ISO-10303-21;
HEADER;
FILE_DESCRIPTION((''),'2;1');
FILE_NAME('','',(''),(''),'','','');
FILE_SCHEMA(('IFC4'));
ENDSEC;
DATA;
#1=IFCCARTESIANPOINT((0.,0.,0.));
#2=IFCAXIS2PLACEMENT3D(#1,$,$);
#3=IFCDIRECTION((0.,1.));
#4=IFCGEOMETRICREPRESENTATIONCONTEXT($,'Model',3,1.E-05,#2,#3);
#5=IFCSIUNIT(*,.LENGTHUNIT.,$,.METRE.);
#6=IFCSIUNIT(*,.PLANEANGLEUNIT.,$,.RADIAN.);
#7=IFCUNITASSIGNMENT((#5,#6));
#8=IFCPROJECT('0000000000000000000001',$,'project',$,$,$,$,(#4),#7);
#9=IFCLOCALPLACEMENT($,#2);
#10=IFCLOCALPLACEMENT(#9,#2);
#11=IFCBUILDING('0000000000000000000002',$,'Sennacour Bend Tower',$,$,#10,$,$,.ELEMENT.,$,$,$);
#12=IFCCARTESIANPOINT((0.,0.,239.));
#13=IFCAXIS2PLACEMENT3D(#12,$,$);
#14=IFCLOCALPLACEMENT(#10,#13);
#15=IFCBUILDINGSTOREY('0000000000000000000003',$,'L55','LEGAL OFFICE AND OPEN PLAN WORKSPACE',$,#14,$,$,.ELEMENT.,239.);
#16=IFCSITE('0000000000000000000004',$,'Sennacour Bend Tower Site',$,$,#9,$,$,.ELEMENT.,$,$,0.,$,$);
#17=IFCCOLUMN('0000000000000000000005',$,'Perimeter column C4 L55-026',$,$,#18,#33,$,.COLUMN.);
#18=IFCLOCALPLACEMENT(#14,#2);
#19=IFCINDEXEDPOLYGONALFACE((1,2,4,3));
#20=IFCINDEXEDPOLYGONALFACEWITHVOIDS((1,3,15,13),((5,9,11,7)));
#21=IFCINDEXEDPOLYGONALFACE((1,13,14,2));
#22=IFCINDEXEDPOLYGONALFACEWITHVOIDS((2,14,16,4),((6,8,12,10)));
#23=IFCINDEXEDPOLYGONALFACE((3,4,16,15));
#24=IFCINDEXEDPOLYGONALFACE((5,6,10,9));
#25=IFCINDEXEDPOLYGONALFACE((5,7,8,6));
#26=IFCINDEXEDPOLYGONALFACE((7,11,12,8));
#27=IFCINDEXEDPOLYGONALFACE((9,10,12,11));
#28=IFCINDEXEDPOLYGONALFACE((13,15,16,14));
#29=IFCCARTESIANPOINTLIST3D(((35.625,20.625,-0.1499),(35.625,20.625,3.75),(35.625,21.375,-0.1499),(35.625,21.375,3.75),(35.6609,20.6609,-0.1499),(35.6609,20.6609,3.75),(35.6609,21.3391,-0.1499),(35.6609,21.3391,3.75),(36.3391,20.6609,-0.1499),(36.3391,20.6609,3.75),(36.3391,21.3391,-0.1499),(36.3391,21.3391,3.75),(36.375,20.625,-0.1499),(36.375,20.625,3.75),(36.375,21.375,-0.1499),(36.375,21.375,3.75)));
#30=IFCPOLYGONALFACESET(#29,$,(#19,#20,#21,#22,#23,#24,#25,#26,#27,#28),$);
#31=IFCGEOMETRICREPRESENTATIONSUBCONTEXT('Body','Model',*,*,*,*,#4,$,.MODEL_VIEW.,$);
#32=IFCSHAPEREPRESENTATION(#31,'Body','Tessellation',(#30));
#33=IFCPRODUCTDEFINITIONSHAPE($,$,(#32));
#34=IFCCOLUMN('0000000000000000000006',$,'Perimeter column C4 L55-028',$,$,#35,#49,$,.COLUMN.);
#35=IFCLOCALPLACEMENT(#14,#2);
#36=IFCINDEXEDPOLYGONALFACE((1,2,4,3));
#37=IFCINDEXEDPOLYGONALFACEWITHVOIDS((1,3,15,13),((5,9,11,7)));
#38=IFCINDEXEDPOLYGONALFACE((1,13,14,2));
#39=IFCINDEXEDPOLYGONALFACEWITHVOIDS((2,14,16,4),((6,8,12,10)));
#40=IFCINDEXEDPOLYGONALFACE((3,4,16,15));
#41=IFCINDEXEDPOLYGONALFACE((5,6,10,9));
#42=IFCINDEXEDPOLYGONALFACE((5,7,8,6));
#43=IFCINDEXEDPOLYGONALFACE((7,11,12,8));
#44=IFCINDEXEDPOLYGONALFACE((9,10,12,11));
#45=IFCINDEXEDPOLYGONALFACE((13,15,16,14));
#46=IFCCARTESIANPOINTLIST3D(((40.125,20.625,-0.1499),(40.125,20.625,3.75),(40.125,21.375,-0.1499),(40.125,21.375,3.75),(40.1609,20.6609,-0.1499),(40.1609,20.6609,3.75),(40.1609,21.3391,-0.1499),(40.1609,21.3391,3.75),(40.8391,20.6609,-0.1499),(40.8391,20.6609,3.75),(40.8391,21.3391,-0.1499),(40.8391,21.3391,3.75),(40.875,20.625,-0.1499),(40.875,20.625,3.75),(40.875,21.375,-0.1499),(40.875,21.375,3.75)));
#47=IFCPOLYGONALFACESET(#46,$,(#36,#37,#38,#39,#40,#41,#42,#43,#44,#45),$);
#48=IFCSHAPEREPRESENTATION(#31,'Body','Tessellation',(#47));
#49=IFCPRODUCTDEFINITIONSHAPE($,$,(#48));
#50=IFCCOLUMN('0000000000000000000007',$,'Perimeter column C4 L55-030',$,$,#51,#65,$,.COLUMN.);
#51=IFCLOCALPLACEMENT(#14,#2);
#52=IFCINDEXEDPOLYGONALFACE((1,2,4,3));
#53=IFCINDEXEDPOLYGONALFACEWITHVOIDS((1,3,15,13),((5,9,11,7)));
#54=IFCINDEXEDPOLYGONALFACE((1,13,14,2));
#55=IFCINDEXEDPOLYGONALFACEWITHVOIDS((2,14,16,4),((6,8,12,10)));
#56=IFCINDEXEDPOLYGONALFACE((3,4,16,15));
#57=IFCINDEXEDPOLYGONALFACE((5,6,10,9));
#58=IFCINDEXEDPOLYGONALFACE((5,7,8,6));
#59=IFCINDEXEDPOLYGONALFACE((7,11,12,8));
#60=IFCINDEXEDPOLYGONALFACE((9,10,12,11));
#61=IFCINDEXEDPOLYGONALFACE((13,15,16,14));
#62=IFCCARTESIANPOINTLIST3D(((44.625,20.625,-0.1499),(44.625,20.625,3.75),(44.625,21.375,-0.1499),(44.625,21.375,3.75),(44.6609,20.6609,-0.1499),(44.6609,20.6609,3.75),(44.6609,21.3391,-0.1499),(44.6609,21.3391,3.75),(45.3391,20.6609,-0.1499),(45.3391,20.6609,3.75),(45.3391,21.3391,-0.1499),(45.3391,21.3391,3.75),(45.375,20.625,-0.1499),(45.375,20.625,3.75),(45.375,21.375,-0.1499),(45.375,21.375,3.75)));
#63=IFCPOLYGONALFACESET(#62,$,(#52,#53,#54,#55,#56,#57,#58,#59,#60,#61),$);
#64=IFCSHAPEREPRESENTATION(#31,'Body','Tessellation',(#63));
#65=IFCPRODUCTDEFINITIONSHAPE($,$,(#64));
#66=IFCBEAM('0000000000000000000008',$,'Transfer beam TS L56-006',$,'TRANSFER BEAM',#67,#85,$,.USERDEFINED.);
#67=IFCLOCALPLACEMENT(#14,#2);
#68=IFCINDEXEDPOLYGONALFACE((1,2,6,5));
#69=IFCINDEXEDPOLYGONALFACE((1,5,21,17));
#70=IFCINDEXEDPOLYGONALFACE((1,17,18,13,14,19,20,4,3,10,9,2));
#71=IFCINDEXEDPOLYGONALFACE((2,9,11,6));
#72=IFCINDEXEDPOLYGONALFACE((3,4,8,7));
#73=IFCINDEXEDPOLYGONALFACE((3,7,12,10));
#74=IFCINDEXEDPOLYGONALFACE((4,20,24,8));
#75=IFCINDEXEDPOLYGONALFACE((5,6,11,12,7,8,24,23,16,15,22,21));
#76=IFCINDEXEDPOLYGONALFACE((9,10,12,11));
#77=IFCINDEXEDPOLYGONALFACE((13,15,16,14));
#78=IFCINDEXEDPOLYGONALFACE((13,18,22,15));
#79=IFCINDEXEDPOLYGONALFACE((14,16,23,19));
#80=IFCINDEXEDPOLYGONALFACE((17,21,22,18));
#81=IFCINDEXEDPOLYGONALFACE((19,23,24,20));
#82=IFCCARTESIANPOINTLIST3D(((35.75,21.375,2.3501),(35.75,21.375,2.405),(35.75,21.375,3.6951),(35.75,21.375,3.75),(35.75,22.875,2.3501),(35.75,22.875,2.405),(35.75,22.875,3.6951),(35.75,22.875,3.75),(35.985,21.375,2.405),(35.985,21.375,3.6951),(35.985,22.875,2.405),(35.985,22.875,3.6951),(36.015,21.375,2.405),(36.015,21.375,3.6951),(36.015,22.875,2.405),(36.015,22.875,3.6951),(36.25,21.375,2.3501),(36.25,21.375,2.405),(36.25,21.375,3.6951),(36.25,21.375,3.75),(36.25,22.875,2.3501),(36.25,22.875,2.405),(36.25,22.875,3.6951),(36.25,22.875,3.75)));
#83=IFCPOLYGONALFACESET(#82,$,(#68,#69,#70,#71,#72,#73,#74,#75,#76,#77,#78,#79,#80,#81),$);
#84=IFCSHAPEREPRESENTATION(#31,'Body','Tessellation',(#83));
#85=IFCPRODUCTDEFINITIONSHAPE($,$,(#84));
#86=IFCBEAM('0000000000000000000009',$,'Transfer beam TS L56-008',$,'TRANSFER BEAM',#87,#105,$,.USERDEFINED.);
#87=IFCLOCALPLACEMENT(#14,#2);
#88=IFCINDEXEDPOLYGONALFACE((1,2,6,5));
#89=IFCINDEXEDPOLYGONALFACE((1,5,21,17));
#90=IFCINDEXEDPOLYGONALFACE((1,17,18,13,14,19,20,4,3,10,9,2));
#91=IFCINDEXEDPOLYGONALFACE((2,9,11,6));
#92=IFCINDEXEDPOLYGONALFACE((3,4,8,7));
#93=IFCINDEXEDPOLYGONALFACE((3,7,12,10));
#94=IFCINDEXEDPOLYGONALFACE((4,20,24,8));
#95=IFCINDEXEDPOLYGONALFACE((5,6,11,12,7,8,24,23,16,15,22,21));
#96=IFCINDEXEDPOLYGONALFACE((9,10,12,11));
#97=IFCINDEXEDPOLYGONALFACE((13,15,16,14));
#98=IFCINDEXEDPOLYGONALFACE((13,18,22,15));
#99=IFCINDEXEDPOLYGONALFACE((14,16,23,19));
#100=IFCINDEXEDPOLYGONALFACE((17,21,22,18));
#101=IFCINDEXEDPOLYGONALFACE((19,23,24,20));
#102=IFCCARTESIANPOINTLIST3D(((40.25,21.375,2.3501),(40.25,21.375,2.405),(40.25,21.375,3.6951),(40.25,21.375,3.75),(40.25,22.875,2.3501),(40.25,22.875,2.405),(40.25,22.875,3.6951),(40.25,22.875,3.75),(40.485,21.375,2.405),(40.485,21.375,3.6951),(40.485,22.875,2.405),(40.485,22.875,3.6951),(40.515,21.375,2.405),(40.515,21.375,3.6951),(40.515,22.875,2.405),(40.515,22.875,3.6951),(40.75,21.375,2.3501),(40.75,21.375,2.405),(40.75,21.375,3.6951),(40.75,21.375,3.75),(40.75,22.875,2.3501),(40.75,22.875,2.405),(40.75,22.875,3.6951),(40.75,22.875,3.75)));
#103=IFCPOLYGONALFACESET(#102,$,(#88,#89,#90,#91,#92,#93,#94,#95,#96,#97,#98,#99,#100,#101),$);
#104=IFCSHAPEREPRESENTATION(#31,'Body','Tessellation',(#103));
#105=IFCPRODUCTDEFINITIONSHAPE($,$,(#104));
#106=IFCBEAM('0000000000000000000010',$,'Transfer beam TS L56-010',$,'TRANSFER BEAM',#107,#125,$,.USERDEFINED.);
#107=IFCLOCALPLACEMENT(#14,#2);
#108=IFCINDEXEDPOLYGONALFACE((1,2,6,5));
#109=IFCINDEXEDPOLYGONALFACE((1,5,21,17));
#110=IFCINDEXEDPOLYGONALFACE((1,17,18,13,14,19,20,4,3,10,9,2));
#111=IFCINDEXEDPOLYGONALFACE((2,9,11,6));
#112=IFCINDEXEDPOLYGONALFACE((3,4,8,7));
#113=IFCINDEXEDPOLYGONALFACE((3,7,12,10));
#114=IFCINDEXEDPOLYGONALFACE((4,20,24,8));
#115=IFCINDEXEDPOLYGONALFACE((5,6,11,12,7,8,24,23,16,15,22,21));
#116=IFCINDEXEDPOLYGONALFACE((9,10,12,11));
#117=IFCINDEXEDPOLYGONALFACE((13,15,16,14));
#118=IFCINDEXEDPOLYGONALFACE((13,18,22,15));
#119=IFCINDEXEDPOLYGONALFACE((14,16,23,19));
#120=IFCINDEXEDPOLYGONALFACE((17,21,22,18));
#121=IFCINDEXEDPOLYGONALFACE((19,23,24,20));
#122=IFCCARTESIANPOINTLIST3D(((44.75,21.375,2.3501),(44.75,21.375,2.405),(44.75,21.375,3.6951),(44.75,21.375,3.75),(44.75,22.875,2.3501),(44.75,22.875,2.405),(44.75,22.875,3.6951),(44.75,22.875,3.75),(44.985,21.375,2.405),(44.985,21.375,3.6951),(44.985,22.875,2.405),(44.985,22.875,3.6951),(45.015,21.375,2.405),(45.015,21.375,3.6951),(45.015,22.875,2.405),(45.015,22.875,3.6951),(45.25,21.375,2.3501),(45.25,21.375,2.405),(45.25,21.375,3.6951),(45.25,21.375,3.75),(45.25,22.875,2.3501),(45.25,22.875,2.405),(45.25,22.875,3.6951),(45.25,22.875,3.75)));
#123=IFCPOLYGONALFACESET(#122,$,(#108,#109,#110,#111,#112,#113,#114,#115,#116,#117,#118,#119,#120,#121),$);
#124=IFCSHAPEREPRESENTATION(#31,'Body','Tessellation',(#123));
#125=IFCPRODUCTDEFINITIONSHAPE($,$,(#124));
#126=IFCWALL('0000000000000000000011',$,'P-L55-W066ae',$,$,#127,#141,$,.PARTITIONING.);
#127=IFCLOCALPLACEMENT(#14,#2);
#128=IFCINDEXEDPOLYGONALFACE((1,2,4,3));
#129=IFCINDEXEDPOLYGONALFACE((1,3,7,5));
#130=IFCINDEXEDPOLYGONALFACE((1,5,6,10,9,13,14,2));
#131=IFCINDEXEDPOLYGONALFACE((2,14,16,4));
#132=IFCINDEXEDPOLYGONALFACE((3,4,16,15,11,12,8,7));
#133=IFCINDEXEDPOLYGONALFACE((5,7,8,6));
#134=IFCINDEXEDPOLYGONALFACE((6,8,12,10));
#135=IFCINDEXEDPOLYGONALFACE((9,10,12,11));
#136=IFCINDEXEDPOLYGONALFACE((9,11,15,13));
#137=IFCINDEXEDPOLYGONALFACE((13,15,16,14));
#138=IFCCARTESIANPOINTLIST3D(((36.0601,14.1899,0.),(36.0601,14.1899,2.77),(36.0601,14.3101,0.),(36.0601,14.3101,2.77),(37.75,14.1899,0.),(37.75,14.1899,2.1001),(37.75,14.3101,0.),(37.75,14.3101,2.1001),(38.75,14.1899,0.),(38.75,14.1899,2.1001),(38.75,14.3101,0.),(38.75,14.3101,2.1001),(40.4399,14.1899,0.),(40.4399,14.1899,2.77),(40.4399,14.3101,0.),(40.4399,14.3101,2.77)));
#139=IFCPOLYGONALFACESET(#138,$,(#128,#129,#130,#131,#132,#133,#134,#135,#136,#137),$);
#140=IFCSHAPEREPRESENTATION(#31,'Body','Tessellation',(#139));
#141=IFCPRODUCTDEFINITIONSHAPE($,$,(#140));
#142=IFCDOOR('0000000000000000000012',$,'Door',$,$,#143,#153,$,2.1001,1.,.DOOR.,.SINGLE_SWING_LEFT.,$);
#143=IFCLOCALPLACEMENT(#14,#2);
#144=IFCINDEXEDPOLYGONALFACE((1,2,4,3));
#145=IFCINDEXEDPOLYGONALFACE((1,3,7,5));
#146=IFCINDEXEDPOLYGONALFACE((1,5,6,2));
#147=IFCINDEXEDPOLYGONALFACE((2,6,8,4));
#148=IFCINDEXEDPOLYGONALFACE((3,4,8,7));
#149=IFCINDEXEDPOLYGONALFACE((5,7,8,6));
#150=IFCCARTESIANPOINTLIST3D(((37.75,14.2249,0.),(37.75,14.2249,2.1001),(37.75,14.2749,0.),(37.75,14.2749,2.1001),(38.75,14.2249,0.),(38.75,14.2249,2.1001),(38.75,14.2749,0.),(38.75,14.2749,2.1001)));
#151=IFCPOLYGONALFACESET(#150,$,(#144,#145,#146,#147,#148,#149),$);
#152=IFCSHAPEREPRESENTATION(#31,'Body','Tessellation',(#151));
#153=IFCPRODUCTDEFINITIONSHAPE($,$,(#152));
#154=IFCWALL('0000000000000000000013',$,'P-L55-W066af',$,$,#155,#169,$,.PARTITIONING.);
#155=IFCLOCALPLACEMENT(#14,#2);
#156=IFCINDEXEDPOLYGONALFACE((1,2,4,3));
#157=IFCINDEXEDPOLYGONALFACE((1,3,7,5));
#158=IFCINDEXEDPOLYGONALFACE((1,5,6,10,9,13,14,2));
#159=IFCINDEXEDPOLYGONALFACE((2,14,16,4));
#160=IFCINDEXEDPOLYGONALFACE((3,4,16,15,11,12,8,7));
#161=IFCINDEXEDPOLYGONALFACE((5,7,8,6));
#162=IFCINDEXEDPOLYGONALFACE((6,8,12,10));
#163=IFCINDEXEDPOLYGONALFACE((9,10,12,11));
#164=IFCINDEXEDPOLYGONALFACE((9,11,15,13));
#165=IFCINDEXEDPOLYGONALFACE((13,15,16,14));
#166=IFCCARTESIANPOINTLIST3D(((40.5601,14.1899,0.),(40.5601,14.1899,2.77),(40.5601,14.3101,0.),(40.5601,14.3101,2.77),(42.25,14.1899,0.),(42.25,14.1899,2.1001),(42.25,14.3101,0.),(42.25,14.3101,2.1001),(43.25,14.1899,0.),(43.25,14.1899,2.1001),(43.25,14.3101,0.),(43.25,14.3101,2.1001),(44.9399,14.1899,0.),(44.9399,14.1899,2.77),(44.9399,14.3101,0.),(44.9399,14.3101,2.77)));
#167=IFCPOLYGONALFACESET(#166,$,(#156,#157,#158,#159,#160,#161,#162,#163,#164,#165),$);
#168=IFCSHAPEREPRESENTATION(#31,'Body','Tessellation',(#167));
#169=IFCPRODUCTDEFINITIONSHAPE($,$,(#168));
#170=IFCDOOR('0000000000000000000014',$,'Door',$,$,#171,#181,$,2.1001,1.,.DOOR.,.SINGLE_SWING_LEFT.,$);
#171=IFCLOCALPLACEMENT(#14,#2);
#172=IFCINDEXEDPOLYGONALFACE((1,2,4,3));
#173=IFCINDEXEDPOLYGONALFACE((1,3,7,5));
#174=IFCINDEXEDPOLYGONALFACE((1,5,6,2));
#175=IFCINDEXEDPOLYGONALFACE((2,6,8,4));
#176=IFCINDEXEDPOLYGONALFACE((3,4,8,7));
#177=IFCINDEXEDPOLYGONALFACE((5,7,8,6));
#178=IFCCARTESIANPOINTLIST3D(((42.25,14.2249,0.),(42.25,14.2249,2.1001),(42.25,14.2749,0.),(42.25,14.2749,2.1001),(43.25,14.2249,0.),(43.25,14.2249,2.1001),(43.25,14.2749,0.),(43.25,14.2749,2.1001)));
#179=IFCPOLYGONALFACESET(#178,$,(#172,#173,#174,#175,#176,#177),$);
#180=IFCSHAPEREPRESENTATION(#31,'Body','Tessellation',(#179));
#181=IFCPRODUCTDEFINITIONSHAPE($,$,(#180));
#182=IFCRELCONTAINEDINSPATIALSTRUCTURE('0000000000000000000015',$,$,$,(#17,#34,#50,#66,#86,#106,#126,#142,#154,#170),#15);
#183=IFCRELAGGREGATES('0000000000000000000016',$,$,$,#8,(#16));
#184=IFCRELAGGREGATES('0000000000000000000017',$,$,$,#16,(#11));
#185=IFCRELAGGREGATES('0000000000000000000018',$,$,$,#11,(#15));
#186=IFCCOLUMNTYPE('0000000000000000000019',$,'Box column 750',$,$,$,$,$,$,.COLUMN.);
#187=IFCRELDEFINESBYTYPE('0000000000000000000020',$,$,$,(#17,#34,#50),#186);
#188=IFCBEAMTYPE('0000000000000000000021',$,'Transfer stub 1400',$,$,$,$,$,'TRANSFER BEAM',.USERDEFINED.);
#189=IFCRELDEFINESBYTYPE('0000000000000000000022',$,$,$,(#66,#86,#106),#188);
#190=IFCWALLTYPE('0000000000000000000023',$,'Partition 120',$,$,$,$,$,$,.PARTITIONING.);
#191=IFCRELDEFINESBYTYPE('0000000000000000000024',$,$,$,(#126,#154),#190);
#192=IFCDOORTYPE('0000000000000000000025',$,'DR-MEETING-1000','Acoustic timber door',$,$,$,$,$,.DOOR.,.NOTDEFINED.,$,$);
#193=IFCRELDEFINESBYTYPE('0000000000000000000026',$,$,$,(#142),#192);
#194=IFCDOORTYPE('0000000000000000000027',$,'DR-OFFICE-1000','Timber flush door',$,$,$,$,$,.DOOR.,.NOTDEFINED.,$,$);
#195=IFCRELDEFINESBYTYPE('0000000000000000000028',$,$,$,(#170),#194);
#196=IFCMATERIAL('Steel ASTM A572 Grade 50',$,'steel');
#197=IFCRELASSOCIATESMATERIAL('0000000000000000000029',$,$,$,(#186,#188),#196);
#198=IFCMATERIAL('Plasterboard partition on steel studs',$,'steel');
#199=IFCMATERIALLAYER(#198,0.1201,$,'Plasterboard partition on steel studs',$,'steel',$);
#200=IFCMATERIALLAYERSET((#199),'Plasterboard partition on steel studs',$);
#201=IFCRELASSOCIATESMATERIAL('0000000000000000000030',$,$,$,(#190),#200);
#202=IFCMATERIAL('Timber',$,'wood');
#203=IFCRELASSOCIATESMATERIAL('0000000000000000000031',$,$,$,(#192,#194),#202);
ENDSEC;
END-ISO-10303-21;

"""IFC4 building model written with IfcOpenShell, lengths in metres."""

from ifc_helpers import new_model, si_unit, direction, frame, frame_2d, origin, origin_2d, place, context, subcontext, project, spatial, rectangle, hollow_rectangle, i_section, extrude, material, layer, layer_set, material_profile, profile_set, type_object, element, fill, save


model = new_model("IFC4")

# Units and contexts
model_context = context("Model", 3, precision=1e-05, world=origin(), true_north=direction((0.0, 1.0)))
body_context = subcontext(model_context, "Body", "Model", "MODEL_VIEW")
ifc_project = project(units=[si_unit("LENGTHUNIT", "METRE"), si_unit("PLANEANGLEUNIT", "RADIAN")], contexts=[model_context])

# Site, building, storey
site_placement = place(None, origin())
site = spatial("IfcSite", under=ifc_project, at=site_placement, Name="Sennacour Bend Tower Site", CompositionType="ELEMENT", RefElevation=0.0)
building_placement = place(site_placement, origin())
building = spatial("IfcBuilding", under=site, at=building_placement, Name="Sennacour Bend Tower", CompositionType="ELEMENT")
storey_placement = place(building_placement, frame((0.0, 0.0, 239.0)))
storey = spatial("IfcBuildingStorey", under=building, at=storey_placement, Name="L55", Description="LEGAL OFFICE AND OPEN PLAN WORKSPACE", CompositionType="ELEMENT", Elevation=239.0)

# Columns
ifc_material_1 = material(Name="Steel ASTM A572 Grade 50", Category="steel")
ifc_material_profile_1 = material_profile(ifc_material_1, hollow_rectangle(XDim=0.75, YDim=0.75, WallThickness=0.0359, at=origin_2d()), Name="Steel ASTM A572 Grade 50", Category="steel")
ifc_profile_set_1 = profile_set([ifc_material_profile_1], Name="Steel ASTM A572 Grade 50")
column_type = type_object("IfcColumnType", Name="Box column 750", PredefinedType="COLUMN", material=ifc_profile_set_1)
for number, where, z_axis, x_axis, name in (
    (1, (36.0, 21.0, -0.1499), (0.0, 0.0, 1.0), (1.0, 0.0, 0.0), "Perimeter column C4 L55-026"),
    (2, (40.5, 21.0, -0.1499), (0.0, 0.0, 1.0), (1.0, 0.0, 0.0), "Perimeter column C4 L55-028"),
    (3, (45.0, 21.0, -0.1499), (0.0, 0.0, 1.0), (1.0, 0.0, 0.0), "Perimeter column C4 L55-030"),
):
    element("IfcColumn", number, at=place(storey_placement, frame(where, z_axis=z_axis, x_axis=x_axis)), inside=storey, type_object=column_type, Name=name, PredefinedType="COLUMN", context=body_context, shape_type="SweptSolid", body=[
        extrude(hollow_rectangle(XDim=0.75, YDim=0.75, WallThickness=0.0359, at=origin_2d()), origin(), (0.0, 0.0, 1.0), 3.8999),
    ])

# Beams
ifc_material_profile_2 = material_profile(ifc_material_1, i_section(OverallWidth=0.5, OverallDepth=1.3999, WebThickness=0.03, FlangeThickness=0.0549, at=origin_2d()), Name="Steel ASTM A572 Grade 50", Category="steel")
ifc_profile_set_2 = profile_set([ifc_material_profile_2], Name="Steel ASTM A572 Grade 50")
beam_type = type_object("IfcBeamType", Name="Transfer stub 1400", ElementType="TRANSFER BEAM", PredefinedType="USERDEFINED", material=ifc_profile_set_2)
for number, where, z_axis, x_axis, name in (
    (4, (36.0, 21.375, 3.05), (0.0, 1.0, 0.0), (-1.0, 0.0, 0.0), "Transfer beam TS L56-006"),
    (5, (40.5, 21.375, 3.05), (0.0, 1.0, 0.0), (-1.0, 0.0, 0.0), "Transfer beam TS L56-008"),
    (6, (45.0, 21.375, 3.05), (0.0, 1.0, 0.0), (-1.0, 0.0, 0.0), "Transfer beam TS L56-010"),
):
    element("IfcBeam", number, at=place(storey_placement, frame(where, z_axis=z_axis, x_axis=x_axis)), inside=storey, type_object=beam_type, Name=name, ObjectType="TRANSFER BEAM", PredefinedType="USERDEFINED", context=body_context, shape_type="SweptSolid", body=[
        extrude(i_section(OverallWidth=0.5, OverallDepth=1.3999, WebThickness=0.03, FlangeThickness=0.0549, at=origin_2d()), origin(), (0.0, 0.0, 1.0), 1.5),
    ])

# Walls, openings, doors
ifc_material_2 = material(Name="Plasterboard partition on steel studs", Category="steel")
ifc_layer_1 = layer(ifc_material_2, 0.1201, Name="Plasterboard partition on steel studs", Category="steel")
ifc_layer_set_1 = layer_set([ifc_layer_1], Name="Plasterboard partition on steel studs")
wall_type_1 = type_object("IfcWallType", Name="Partition 120", PredefinedType="PARTITIONING", material=ifc_layer_set_1)
wall_1_placement = place(storey_placement, frame((36.0601, 14.25, 0.0), z_axis=(0.0, 0.0, 1.0), x_axis=(1.0, 0.0, 0.0)))
wall_1 = element("IfcWall", 7, at=wall_1_placement, inside=storey, type_object=wall_type_1, Name="P-L55-W066ae", PredefinedType="PARTITIONING", context=body_context, shape_type="SweptSolid", body=[
    extrude(rectangle(XDim=4.3799, YDim=0.1201, at=frame_2d((2.1899, 0.0))), origin(), (0.0, 0.0, 1.0), 2.77),
])
opening_1_placement = place(wall_1_placement, frame((1.6899, 0.0, 0.0)))
opening_1 = element("IfcOpeningElement", 8, at=opening_1_placement, cuts=wall_1, PredefinedType="OPENING", context=body_context, shape_type="SweptSolid", body=[
    extrude(rectangle(XDim=1.0, YDim=2.1001, at=frame_2d((0.5, 1.05))), frame((0.0, 0.0701, 0.0), z_axis=(0.0, -1.0, 0.0), x_axis=(1.0, 0.0, 0.0)), (0.0, 0.0, 1.0), 0.1401),
])
ifc_material_3 = material(Name="Timber", Category="wood")
door_type_1 = type_object("IfcDoorType", Name="DR-MEETING-1000", Description="Acoustic timber door", OperationType="NOTDEFINED", PredefinedType="DOOR", material=ifc_material_3)
door_1_placement = place(opening_1_placement, origin())
door_1 = element("IfcDoor", 9, at=door_1_placement, inside=storey, type_object=door_type_1, Name="Door", OperationType="SINGLE_SWING_LEFT", OverallHeight=2.1001, OverallWidth=1.0, PredefinedType="DOOR", context=body_context, shape_type="SweptSolid", body=[
    extrude(rectangle(XDim=1.0, YDim=2.1001, at=frame_2d((0.5, 1.05))), frame((0.0, 0.0249, 0.0), z_axis=(0.0, -1.0, 0.0), x_axis=(1.0, 0.0, 0.0)), (0.0, 0.0, 1.0), 0.05),
])
fill(opening_1, door_1)
wall_2_placement = place(storey_placement, frame((40.5601, 14.25, 0.0), z_axis=(0.0, 0.0, 1.0), x_axis=(1.0, 0.0, 0.0)))
wall_2 = element("IfcWall", 10, at=wall_2_placement, inside=storey, type_object=wall_type_1, Name="P-L55-W066af", PredefinedType="PARTITIONING", context=body_context, shape_type="SweptSolid", body=[
    extrude(rectangle(XDim=4.3799, YDim=0.1201, at=frame_2d((2.1899, 0.0))), origin(), (0.0, 0.0, 1.0), 2.77),
])
opening_2_placement = place(wall_2_placement, frame((1.6899, 0.0, 0.0)))
opening_2 = element("IfcOpeningElement", 11, at=opening_2_placement, cuts=wall_2, PredefinedType="OPENING", context=body_context, shape_type="SweptSolid", body=[
    extrude(rectangle(XDim=1.0, YDim=2.1001, at=frame_2d((0.5, 1.05))), frame((0.0, 0.0701, 0.0), z_axis=(0.0, -1.0, 0.0), x_axis=(1.0, 0.0, 0.0)), (0.0, 0.0, 1.0), 0.1401),
])
door_type_2 = type_object("IfcDoorType", Name="DR-OFFICE-1000", Description="Timber flush door", OperationType="NOTDEFINED", PredefinedType="DOOR", material=ifc_material_3)
door_2_placement = place(opening_2_placement, origin())
door_2 = element("IfcDoor", 12, at=door_2_placement, inside=storey, type_object=door_type_2, Name="Door", OperationType="SINGLE_SWING_LEFT", OverallHeight=2.1001, OverallWidth=1.0, PredefinedType="DOOR", context=body_context, shape_type="SweptSolid", body=[
    extrude(rectangle(XDim=1.0, YDim=2.1001, at=frame_2d((0.5, 1.05))), frame((0.0, 0.0249, 0.0), z_axis=(0.0, -1.0, 0.0), x_axis=(1.0, 0.0, 0.0)), (0.0, 0.0, 1.0), 0.05),
])
fill(opening_2, door_2)

save(model, "model.ifc")
